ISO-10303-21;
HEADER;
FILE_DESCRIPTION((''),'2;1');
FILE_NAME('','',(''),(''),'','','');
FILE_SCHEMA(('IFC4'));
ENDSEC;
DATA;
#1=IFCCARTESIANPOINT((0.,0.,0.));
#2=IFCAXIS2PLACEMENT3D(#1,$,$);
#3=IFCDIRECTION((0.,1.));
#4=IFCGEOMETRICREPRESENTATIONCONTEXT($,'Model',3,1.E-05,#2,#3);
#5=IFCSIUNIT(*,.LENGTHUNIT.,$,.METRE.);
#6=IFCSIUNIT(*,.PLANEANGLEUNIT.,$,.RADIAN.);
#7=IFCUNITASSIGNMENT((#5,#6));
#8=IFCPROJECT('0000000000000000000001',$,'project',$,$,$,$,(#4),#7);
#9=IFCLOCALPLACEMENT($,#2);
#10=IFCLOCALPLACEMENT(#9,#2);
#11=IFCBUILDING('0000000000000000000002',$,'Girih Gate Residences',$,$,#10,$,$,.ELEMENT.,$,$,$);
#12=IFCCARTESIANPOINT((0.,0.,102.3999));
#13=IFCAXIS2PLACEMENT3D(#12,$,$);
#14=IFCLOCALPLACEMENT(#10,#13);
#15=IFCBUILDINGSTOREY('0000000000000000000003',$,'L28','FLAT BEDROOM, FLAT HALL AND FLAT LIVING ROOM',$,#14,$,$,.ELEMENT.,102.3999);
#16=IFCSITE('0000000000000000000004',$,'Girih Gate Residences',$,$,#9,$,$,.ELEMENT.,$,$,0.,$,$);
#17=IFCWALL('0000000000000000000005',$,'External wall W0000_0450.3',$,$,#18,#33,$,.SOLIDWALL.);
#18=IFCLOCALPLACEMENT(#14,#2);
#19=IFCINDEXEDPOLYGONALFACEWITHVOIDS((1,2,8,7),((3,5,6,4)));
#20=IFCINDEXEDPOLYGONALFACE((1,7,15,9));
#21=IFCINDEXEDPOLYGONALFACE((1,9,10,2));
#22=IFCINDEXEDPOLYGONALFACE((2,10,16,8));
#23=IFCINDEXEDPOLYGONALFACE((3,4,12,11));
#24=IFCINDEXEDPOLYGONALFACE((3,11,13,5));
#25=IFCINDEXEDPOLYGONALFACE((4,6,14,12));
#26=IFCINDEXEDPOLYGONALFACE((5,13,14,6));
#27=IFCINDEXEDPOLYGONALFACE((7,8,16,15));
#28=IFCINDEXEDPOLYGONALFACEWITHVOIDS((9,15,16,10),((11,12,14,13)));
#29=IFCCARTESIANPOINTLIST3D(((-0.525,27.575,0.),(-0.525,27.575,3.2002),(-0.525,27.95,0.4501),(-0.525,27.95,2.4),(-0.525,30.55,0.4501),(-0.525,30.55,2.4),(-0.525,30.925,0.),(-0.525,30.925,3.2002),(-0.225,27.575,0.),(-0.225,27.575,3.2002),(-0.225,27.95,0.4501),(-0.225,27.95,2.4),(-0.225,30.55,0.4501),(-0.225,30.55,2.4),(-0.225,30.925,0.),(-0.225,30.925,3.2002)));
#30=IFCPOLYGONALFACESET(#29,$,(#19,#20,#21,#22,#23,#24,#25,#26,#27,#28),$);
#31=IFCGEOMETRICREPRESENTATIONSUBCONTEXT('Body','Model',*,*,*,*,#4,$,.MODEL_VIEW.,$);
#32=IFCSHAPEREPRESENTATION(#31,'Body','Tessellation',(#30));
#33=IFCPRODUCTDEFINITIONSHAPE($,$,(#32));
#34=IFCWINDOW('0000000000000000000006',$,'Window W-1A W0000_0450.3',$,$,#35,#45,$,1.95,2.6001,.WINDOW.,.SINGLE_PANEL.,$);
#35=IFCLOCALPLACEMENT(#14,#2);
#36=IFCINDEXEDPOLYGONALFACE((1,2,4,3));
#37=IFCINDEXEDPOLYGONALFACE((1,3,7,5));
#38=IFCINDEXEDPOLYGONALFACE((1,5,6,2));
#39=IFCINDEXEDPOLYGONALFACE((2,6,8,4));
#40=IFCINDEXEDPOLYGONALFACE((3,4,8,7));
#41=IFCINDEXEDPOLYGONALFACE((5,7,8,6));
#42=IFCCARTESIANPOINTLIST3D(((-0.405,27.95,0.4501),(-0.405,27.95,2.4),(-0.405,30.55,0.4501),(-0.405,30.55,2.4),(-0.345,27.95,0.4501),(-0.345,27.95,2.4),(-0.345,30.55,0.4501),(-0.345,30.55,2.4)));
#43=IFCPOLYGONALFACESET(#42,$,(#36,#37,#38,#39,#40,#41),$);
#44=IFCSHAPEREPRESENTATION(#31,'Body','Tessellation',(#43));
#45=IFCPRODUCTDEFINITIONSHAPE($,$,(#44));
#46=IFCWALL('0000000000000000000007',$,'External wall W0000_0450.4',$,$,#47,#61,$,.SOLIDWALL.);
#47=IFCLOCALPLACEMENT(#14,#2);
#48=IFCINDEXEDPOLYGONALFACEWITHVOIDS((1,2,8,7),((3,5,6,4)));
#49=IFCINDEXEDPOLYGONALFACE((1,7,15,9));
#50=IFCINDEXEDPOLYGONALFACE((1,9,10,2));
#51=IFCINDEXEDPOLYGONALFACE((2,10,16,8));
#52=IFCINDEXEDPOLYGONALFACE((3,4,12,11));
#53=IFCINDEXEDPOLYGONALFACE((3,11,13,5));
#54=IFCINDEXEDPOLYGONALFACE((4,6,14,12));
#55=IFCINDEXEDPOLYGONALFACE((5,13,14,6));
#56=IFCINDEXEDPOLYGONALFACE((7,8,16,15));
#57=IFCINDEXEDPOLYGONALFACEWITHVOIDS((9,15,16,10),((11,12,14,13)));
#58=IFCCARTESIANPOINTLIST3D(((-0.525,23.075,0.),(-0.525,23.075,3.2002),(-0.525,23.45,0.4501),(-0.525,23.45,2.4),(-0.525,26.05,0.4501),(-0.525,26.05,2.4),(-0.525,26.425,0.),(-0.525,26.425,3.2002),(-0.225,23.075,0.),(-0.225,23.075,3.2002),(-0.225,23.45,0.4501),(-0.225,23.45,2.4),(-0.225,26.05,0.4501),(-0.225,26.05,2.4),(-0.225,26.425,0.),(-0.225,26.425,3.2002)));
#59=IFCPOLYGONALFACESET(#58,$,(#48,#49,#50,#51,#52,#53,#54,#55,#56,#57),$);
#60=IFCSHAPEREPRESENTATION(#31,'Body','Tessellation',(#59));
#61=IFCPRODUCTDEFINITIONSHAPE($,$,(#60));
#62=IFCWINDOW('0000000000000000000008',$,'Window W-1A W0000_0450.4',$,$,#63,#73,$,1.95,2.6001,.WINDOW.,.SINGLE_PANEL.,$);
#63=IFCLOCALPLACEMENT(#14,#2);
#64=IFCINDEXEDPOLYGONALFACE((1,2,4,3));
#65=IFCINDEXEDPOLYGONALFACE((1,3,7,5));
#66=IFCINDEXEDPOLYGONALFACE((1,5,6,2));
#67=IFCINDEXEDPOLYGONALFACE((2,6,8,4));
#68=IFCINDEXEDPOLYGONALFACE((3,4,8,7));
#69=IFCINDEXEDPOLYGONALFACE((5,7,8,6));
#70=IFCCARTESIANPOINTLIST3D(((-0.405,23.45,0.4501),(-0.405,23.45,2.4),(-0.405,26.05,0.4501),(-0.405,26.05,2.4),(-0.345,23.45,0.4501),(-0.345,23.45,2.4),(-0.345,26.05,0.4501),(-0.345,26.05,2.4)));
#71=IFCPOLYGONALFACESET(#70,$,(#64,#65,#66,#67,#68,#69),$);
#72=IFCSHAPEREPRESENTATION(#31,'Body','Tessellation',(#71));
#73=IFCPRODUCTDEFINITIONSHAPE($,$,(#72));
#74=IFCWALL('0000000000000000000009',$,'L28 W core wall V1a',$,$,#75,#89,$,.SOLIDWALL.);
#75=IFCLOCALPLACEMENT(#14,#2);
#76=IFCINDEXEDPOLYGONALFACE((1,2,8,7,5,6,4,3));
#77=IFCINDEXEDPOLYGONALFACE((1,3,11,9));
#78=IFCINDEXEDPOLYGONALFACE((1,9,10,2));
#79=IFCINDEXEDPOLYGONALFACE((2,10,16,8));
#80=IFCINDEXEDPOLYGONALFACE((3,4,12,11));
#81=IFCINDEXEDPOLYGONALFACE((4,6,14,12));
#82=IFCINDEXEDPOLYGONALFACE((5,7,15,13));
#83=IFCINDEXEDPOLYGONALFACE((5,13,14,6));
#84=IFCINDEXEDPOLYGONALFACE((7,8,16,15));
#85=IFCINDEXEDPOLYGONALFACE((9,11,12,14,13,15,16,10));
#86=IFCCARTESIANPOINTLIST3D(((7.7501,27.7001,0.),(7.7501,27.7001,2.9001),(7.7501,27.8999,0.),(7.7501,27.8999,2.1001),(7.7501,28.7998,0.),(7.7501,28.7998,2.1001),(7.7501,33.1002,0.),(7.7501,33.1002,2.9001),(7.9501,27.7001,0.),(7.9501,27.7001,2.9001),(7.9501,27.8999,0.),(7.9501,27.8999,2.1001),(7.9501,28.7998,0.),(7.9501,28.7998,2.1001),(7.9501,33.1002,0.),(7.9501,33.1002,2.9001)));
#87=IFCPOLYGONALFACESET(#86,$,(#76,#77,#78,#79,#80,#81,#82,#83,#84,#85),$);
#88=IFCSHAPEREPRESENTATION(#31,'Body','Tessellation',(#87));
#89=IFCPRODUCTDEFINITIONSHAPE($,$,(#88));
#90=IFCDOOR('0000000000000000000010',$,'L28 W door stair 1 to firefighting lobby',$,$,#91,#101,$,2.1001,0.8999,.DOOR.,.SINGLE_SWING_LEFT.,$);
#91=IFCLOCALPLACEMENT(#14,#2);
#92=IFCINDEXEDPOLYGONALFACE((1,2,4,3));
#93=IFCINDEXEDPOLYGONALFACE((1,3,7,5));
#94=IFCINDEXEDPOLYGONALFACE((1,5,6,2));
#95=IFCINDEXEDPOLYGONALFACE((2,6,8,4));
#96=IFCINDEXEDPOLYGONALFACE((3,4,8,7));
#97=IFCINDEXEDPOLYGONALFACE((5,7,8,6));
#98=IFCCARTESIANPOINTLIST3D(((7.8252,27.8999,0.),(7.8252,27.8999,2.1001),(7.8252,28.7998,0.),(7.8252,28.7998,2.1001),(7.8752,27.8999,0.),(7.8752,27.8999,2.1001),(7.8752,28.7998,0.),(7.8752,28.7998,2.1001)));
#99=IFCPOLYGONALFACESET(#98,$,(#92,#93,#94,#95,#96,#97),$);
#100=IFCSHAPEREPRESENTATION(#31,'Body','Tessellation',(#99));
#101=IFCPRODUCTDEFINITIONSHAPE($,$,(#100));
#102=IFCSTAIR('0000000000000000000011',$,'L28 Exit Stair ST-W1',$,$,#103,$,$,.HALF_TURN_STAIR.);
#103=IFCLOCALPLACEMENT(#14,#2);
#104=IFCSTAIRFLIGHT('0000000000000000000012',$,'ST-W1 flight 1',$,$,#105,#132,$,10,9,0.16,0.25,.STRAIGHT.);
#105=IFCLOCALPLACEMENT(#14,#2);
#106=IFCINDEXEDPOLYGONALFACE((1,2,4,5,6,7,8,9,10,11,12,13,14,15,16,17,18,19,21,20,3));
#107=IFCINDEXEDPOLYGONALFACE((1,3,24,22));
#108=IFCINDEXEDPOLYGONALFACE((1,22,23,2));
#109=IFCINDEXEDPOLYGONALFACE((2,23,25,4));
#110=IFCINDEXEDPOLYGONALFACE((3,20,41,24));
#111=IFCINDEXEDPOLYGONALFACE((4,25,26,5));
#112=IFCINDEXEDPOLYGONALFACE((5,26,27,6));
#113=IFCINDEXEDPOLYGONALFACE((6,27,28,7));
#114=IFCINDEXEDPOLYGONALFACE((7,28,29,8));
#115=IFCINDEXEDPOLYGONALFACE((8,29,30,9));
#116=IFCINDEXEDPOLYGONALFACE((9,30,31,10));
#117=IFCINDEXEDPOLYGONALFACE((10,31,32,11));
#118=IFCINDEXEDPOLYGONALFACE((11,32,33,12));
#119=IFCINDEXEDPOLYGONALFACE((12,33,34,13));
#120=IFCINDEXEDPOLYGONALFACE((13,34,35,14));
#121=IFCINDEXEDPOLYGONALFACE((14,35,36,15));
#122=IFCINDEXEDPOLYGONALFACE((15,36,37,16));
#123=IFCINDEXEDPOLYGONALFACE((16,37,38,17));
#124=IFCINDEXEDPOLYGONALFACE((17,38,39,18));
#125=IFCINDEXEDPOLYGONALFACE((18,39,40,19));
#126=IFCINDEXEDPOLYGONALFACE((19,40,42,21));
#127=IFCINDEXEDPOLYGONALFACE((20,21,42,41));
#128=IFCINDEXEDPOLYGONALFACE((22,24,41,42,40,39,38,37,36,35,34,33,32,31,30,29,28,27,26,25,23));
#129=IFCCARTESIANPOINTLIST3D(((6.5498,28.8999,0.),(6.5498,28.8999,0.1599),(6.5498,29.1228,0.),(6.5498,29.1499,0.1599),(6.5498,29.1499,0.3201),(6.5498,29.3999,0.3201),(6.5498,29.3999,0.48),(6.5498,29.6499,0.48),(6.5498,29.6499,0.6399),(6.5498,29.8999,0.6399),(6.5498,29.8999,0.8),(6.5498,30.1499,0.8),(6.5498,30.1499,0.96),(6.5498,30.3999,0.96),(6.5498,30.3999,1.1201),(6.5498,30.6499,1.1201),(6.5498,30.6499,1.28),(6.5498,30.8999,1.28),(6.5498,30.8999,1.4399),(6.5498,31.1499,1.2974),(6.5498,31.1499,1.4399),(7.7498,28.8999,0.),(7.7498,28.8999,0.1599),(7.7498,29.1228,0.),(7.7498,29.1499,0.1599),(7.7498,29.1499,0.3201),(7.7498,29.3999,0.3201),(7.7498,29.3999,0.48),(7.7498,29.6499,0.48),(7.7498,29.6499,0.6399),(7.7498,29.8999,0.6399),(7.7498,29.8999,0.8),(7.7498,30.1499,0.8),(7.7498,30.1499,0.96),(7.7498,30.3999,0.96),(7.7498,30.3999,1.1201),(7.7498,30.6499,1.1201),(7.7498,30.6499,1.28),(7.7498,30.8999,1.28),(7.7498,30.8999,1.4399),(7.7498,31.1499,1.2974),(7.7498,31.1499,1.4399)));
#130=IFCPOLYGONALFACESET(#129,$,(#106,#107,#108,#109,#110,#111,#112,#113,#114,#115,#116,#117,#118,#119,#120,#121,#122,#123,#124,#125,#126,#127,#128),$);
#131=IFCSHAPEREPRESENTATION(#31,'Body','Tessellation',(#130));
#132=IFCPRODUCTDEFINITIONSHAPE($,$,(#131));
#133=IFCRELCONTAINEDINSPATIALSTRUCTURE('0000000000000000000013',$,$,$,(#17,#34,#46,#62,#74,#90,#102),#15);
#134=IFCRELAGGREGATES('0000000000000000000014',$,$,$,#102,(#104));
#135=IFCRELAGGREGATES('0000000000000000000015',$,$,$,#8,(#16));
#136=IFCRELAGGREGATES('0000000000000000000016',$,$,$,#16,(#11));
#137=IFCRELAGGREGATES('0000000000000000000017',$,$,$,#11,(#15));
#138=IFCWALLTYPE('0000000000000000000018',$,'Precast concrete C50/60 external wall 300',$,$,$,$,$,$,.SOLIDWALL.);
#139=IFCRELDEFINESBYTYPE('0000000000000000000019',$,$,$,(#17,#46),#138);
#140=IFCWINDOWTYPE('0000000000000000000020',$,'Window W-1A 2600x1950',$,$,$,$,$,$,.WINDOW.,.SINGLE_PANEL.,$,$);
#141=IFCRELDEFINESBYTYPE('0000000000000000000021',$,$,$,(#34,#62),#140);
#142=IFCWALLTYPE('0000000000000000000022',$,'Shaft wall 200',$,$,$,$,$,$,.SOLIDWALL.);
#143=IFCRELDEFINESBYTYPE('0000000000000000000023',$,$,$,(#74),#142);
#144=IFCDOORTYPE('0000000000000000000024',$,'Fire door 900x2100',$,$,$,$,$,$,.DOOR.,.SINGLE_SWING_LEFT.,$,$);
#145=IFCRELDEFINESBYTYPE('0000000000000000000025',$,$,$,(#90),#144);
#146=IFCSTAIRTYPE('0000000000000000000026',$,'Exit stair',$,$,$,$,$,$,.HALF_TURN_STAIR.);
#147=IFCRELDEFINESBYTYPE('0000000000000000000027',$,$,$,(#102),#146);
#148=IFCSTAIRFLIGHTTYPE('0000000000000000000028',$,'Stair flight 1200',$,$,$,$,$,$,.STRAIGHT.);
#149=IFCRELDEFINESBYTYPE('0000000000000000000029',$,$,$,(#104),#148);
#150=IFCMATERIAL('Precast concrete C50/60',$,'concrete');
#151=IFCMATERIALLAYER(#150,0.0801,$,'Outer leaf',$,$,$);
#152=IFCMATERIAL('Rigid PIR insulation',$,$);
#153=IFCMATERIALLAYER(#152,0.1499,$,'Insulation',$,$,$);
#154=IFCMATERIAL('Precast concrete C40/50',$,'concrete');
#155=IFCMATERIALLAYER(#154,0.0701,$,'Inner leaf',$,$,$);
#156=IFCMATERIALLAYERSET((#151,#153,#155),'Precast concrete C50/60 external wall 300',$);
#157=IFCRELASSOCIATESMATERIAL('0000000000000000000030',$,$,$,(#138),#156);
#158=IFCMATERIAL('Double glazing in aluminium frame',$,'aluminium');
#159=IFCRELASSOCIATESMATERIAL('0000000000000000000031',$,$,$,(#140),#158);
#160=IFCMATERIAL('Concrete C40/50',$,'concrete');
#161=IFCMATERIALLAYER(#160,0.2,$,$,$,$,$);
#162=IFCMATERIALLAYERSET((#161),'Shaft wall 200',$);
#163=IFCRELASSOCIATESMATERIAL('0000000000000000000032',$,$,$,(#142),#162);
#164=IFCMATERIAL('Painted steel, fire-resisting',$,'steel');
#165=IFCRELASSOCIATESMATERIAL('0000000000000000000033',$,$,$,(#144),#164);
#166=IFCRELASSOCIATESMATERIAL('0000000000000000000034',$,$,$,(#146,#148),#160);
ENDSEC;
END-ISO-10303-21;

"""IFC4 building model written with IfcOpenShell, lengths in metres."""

from ifc_helpers import new_model, si_unit, direction, frame, frame_2d, origin, place, context, subcontext, project, spatial, polyline, rectangle, outline, extrude, material, layer, layer_set, type_object, element, fill, aggregate, save


model = new_model("IFC4")

# Units and contexts
model_context = context("Model", 3, precision=1e-05, world=origin(), true_north=direction((0.0, 1.0)))
body_context = subcontext(model_context, "Body", "Model", "MODEL_VIEW")
ifc_project = project(units=[si_unit("LENGTHUNIT", "METRE"), si_unit("PLANEANGLEUNIT", "RADIAN")], contexts=[model_context])

# Site, building, storey
site_placement = place(None, origin())
site = spatial("IfcSite", under=ifc_project, at=site_placement, Name="Girih Gate Residences", CompositionType="ELEMENT", RefElevation=0.0)
building_placement = place(site_placement, origin())
building = spatial("IfcBuilding", under=site, at=building_placement, Name="Girih Gate Residences", CompositionType="ELEMENT")
storey_placement = place(building_placement, frame((0.0, 0.0, 102.3999)))
storey = spatial("IfcBuildingStorey", under=building, at=storey_placement, Name="L28", Description="FLAT BEDROOM, FLAT HALL AND FLAT LIVING ROOM", CompositionType="ELEMENT", Elevation=102.3999)

# Shared definitions
ifc_material_1 = material(Name="Painted steel, fire-resisting", Category="steel")

# Walls, openings, windows
ifc_material_2 = material(Name="Precast concrete C50/60", Category="concrete")
ifc_layer_1 = layer(ifc_material_2, 0.0801, Name="Outer leaf")
ifc_material_3 = material(Name="Rigid PIR insulation")
ifc_layer_2 = layer(ifc_material_3, 0.1499, Name="Insulation")
ifc_material_4 = material(Name="Precast concrete C40/50", Category="concrete")
ifc_layer_3 = layer(ifc_material_4, 0.0701, Name="Inner leaf")
ifc_layer_set_1 = layer_set([ifc_layer_1, ifc_layer_2, ifc_layer_3], Name="Precast concrete C50/60 external wall 300")
wall_type_1 = type_object("IfcWallType", Name="Precast concrete C50/60 external wall 300", PredefinedType="SOLIDWALL", material=ifc_layer_set_1)
wall_1_placement = place(storey_placement, frame((-0.375, 27.575, 0.0), z_axis=(0.0, 0.0, 1.0), x_axis=(0.0, 1.0, 0.0)))
wall_1 = element("IfcWall", 1, at=wall_1_placement, inside=storey, type_object=wall_type_1, Name="External wall W0000_0450.3", PredefinedType="SOLIDWALL", context=body_context, shape_type="SweptSolid", body=[
    extrude(rectangle(XDim=3.3501, YDim=0.3, at=frame_2d((1.675, 0.0))), origin(), (0.0, 0.0, 1.0), 3.2002),
])
opening_1_placement = place(wall_1_placement, frame((0.375, 0.0, 0.45)))
opening_1 = element("IfcOpeningElement", 2, at=opening_1_placement, cuts=wall_1, PredefinedType="OPENING", context=body_context, shape_type="SweptSolid", body=[
    extrude(rectangle(XDim=2.6001, YDim=1.95, at=frame_2d((1.3, 0.9751))), frame((0.0, 0.1599, 0.0), z_axis=(0.0, -1.0, 0.0), x_axis=(1.0, 0.0, 0.0)), (0.0, 0.0, 1.0), 0.3201),
])
ifc_material_5 = material(Name="Double glazing in aluminium frame", Category="aluminium")
window_type = type_object("IfcWindowType", Name="Window W-1A 2600x1950", PartitioningType="SINGLE_PANEL", PredefinedType="WINDOW", material=ifc_material_5)
window_1_placement = place(opening_1_placement, origin())
window_1 = element("IfcWindow", 3, at=window_1_placement, inside=storey, type_object=window_type, Name="Window W-1A W0000_0450.3", OverallHeight=1.95, OverallWidth=2.6001, PartitioningType="SINGLE_PANEL", PredefinedType="WINDOW", context=body_context, shape_type="SweptSolid", body=[
    extrude(rectangle(XDim=2.6001, YDim=1.95, at=frame_2d((1.3, 0.9751))), frame((0.0, 0.03, 0.0), z_axis=(0.0, -1.0, 0.0), x_axis=(1.0, 0.0, 0.0)), (0.0, 0.0, 1.0), 0.0601),
])
fill(opening_1, window_1)
wall_2_placement = place(storey_placement, frame((-0.375, 23.075, 0.0), z_axis=(0.0, 0.0, 1.0), x_axis=(0.0, 1.0, 0.0)))
wall_2 = element("IfcWall", 4, at=wall_2_placement, inside=storey, type_object=wall_type_1, Name="External wall W0000_0450.4", PredefinedType="SOLIDWALL", context=body_context, shape_type="SweptSolid", body=[
    extrude(rectangle(XDim=3.3501, YDim=0.3, at=frame_2d((1.675, 0.0))), origin(), (0.0, 0.0, 1.0), 3.2002),
])
opening_2_placement = place(wall_2_placement, frame((0.375, 0.0, 0.45)))
opening_2 = element("IfcOpeningElement", 5, at=opening_2_placement, cuts=wall_2, PredefinedType="OPENING", context=body_context, shape_type="SweptSolid", body=[
    extrude(rectangle(XDim=2.6001, YDim=1.95, at=frame_2d((1.3, 0.9751))), frame((0.0, 0.1599, 0.0), z_axis=(0.0, -1.0, 0.0), x_axis=(1.0, 0.0, 0.0)), (0.0, 0.0, 1.0), 0.3201),
])
window_2_placement = place(opening_2_placement, origin())
window_2 = element("IfcWindow", 6, at=window_2_placement, inside=storey, type_object=window_type, Name="Window W-1A W0000_0450.4", OverallHeight=1.95, OverallWidth=2.6001, PartitioningType="SINGLE_PANEL", PredefinedType="WINDOW", context=body_context, shape_type="SweptSolid", body=[
    extrude(rectangle(XDim=2.6001, YDim=1.95, at=frame_2d((1.3, 0.9751))), frame((0.0, 0.03, 0.0), z_axis=(0.0, -1.0, 0.0), x_axis=(1.0, 0.0, 0.0)), (0.0, 0.0, 1.0), 0.0601),
])
fill(opening_2, window_2)

# Wall, opening, door
ifc_material_6 = material(Name="Concrete C40/50", Category="concrete")
ifc_layer_4 = layer(ifc_material_6, 0.2)
ifc_layer_set_2 = layer_set([ifc_layer_4], Name="Shaft wall 200")
wall_type_2 = type_object("IfcWallType", Name="Shaft wall 200", PredefinedType="SOLIDWALL", material=ifc_layer_set_2)
wall_3_placement = place(storey_placement, frame((7.8501, 27.7, 0.0), z_axis=(0.0, 0.0, 1.0), x_axis=(0.0, 1.0, 0.0)))
wall_3 = element("IfcWall", 7, at=wall_3_placement, inside=storey, type_object=wall_type_2, Name="L28 W core wall V1a", PredefinedType="SOLIDWALL", context=body_context, shape_type="SweptSolid", body=[
    extrude(rectangle(XDim=5.4001, YDim=0.2, at=frame_2d((2.7002, 0.0))), origin(), (0.0, 0.0, 1.0), 2.9001),
])
opening_3_placement = place(wall_3_placement, frame((0.2, 0.0, 0.0)))
opening_3 = element("IfcOpeningElement", 8, at=opening_3_placement, cuts=wall_3, PredefinedType="OPENING", context=body_context, shape_type="SweptSolid", body=[
    extrude(rectangle(XDim=0.8999, YDim=2.1001, at=frame_2d((0.45, 1.05))), frame((0.0, 0.1099, 0.0), z_axis=(0.0, -1.0, 0.0), x_axis=(1.0, 0.0, 0.0)), (0.0, 0.0, 1.0), 0.22),
])
door_type_1 = type_object("IfcDoorType", Name="Fire door 900x2100", OperationType="SINGLE_SWING_LEFT", PredefinedType="DOOR", material=ifc_material_1)
door_1_placement = place(opening_3_placement, origin())
door_1 = element("IfcDoor", 9, at=door_1_placement, inside=storey, type_object=door_type_1, Name="L28 W door stair 1 to firefighting lobby", OperationType="SINGLE_SWING_LEFT", OverallHeight=2.1001, OverallWidth=0.8999, PredefinedType="DOOR", context=body_context, shape_type="SweptSolid", body=[
    extrude(rectangle(XDim=0.8999, YDim=2.1001, at=frame_2d((0.45, 1.05))), frame((0.0, 0.0249, 0.0), z_axis=(0.0, -1.0, 0.0), x_axis=(1.0, 0.0, 0.0)), (0.0, 0.0, 1.0), 0.05),
])
fill(opening_3, door_1)

# Stair, stair flight
stair_type = type_object("IfcStairType", Name="Exit stair", PredefinedType="HALF_TURN_STAIR", material=ifc_material_6)
stair_placement = place(storey_placement, origin())
stair = element("IfcStair", 10, at=stair_placement, inside=storey, type_object=stair_type, Name="L28 Exit Stair ST-W1", PredefinedType="HALF_TURN_STAIR")
stair_flight_type = type_object("IfcStairFlightType", Name="Stair flight 1200", PredefinedType="STRAIGHT", material=ifc_material_6)
stair_flight_placement = place(storey_placement, frame((7.1499, 28.8999, 0.0), z_axis=(0.0, 0.0, 1.0), x_axis=(0.0, 1.0, 0.0)))
stair_flight = element("IfcStairFlight", 11, at=stair_flight_placement, type_object=stair_flight_type, Name="ST-W1 flight 1", NumberOfRisers=10, NumberOfTreads=9, PredefinedType="STRAIGHT", RiserHeight=0.16, TreadLength=0.25, context=body_context, shape_type="SweptSolid", body=[
    extrude(outline(polyline([(0.0, 0.0), (0.0, 0.1599), (0.25, 0.1599), (0.25, 0.3201), (0.5, 0.3201), (0.5, 0.48), (0.75, 0.48), (0.75, 0.6399), (1.0, 0.6399), (1.0, 0.8), (1.25, 0.8), (1.25, 0.96), (1.5, 0.96), (1.5, 1.1201), (1.75, 1.1201), (1.75, 1.28), (2.0, 1.28), (2.0, 1.4399), (2.25, 1.4399), (2.25, 1.6001), (2.25, 1.2974), (0.2229, 0.0), (0.0, 0.0)])), frame((0.0, 0.6001, 0.0), z_axis=(0.0, -1.0, 0.0), x_axis=(1.0, 0.0, 0.0)), (0.0, 0.0, 1.0), 1.2),
])
aggregate(stair, [stair_flight])

save(model, "model.ifc")
